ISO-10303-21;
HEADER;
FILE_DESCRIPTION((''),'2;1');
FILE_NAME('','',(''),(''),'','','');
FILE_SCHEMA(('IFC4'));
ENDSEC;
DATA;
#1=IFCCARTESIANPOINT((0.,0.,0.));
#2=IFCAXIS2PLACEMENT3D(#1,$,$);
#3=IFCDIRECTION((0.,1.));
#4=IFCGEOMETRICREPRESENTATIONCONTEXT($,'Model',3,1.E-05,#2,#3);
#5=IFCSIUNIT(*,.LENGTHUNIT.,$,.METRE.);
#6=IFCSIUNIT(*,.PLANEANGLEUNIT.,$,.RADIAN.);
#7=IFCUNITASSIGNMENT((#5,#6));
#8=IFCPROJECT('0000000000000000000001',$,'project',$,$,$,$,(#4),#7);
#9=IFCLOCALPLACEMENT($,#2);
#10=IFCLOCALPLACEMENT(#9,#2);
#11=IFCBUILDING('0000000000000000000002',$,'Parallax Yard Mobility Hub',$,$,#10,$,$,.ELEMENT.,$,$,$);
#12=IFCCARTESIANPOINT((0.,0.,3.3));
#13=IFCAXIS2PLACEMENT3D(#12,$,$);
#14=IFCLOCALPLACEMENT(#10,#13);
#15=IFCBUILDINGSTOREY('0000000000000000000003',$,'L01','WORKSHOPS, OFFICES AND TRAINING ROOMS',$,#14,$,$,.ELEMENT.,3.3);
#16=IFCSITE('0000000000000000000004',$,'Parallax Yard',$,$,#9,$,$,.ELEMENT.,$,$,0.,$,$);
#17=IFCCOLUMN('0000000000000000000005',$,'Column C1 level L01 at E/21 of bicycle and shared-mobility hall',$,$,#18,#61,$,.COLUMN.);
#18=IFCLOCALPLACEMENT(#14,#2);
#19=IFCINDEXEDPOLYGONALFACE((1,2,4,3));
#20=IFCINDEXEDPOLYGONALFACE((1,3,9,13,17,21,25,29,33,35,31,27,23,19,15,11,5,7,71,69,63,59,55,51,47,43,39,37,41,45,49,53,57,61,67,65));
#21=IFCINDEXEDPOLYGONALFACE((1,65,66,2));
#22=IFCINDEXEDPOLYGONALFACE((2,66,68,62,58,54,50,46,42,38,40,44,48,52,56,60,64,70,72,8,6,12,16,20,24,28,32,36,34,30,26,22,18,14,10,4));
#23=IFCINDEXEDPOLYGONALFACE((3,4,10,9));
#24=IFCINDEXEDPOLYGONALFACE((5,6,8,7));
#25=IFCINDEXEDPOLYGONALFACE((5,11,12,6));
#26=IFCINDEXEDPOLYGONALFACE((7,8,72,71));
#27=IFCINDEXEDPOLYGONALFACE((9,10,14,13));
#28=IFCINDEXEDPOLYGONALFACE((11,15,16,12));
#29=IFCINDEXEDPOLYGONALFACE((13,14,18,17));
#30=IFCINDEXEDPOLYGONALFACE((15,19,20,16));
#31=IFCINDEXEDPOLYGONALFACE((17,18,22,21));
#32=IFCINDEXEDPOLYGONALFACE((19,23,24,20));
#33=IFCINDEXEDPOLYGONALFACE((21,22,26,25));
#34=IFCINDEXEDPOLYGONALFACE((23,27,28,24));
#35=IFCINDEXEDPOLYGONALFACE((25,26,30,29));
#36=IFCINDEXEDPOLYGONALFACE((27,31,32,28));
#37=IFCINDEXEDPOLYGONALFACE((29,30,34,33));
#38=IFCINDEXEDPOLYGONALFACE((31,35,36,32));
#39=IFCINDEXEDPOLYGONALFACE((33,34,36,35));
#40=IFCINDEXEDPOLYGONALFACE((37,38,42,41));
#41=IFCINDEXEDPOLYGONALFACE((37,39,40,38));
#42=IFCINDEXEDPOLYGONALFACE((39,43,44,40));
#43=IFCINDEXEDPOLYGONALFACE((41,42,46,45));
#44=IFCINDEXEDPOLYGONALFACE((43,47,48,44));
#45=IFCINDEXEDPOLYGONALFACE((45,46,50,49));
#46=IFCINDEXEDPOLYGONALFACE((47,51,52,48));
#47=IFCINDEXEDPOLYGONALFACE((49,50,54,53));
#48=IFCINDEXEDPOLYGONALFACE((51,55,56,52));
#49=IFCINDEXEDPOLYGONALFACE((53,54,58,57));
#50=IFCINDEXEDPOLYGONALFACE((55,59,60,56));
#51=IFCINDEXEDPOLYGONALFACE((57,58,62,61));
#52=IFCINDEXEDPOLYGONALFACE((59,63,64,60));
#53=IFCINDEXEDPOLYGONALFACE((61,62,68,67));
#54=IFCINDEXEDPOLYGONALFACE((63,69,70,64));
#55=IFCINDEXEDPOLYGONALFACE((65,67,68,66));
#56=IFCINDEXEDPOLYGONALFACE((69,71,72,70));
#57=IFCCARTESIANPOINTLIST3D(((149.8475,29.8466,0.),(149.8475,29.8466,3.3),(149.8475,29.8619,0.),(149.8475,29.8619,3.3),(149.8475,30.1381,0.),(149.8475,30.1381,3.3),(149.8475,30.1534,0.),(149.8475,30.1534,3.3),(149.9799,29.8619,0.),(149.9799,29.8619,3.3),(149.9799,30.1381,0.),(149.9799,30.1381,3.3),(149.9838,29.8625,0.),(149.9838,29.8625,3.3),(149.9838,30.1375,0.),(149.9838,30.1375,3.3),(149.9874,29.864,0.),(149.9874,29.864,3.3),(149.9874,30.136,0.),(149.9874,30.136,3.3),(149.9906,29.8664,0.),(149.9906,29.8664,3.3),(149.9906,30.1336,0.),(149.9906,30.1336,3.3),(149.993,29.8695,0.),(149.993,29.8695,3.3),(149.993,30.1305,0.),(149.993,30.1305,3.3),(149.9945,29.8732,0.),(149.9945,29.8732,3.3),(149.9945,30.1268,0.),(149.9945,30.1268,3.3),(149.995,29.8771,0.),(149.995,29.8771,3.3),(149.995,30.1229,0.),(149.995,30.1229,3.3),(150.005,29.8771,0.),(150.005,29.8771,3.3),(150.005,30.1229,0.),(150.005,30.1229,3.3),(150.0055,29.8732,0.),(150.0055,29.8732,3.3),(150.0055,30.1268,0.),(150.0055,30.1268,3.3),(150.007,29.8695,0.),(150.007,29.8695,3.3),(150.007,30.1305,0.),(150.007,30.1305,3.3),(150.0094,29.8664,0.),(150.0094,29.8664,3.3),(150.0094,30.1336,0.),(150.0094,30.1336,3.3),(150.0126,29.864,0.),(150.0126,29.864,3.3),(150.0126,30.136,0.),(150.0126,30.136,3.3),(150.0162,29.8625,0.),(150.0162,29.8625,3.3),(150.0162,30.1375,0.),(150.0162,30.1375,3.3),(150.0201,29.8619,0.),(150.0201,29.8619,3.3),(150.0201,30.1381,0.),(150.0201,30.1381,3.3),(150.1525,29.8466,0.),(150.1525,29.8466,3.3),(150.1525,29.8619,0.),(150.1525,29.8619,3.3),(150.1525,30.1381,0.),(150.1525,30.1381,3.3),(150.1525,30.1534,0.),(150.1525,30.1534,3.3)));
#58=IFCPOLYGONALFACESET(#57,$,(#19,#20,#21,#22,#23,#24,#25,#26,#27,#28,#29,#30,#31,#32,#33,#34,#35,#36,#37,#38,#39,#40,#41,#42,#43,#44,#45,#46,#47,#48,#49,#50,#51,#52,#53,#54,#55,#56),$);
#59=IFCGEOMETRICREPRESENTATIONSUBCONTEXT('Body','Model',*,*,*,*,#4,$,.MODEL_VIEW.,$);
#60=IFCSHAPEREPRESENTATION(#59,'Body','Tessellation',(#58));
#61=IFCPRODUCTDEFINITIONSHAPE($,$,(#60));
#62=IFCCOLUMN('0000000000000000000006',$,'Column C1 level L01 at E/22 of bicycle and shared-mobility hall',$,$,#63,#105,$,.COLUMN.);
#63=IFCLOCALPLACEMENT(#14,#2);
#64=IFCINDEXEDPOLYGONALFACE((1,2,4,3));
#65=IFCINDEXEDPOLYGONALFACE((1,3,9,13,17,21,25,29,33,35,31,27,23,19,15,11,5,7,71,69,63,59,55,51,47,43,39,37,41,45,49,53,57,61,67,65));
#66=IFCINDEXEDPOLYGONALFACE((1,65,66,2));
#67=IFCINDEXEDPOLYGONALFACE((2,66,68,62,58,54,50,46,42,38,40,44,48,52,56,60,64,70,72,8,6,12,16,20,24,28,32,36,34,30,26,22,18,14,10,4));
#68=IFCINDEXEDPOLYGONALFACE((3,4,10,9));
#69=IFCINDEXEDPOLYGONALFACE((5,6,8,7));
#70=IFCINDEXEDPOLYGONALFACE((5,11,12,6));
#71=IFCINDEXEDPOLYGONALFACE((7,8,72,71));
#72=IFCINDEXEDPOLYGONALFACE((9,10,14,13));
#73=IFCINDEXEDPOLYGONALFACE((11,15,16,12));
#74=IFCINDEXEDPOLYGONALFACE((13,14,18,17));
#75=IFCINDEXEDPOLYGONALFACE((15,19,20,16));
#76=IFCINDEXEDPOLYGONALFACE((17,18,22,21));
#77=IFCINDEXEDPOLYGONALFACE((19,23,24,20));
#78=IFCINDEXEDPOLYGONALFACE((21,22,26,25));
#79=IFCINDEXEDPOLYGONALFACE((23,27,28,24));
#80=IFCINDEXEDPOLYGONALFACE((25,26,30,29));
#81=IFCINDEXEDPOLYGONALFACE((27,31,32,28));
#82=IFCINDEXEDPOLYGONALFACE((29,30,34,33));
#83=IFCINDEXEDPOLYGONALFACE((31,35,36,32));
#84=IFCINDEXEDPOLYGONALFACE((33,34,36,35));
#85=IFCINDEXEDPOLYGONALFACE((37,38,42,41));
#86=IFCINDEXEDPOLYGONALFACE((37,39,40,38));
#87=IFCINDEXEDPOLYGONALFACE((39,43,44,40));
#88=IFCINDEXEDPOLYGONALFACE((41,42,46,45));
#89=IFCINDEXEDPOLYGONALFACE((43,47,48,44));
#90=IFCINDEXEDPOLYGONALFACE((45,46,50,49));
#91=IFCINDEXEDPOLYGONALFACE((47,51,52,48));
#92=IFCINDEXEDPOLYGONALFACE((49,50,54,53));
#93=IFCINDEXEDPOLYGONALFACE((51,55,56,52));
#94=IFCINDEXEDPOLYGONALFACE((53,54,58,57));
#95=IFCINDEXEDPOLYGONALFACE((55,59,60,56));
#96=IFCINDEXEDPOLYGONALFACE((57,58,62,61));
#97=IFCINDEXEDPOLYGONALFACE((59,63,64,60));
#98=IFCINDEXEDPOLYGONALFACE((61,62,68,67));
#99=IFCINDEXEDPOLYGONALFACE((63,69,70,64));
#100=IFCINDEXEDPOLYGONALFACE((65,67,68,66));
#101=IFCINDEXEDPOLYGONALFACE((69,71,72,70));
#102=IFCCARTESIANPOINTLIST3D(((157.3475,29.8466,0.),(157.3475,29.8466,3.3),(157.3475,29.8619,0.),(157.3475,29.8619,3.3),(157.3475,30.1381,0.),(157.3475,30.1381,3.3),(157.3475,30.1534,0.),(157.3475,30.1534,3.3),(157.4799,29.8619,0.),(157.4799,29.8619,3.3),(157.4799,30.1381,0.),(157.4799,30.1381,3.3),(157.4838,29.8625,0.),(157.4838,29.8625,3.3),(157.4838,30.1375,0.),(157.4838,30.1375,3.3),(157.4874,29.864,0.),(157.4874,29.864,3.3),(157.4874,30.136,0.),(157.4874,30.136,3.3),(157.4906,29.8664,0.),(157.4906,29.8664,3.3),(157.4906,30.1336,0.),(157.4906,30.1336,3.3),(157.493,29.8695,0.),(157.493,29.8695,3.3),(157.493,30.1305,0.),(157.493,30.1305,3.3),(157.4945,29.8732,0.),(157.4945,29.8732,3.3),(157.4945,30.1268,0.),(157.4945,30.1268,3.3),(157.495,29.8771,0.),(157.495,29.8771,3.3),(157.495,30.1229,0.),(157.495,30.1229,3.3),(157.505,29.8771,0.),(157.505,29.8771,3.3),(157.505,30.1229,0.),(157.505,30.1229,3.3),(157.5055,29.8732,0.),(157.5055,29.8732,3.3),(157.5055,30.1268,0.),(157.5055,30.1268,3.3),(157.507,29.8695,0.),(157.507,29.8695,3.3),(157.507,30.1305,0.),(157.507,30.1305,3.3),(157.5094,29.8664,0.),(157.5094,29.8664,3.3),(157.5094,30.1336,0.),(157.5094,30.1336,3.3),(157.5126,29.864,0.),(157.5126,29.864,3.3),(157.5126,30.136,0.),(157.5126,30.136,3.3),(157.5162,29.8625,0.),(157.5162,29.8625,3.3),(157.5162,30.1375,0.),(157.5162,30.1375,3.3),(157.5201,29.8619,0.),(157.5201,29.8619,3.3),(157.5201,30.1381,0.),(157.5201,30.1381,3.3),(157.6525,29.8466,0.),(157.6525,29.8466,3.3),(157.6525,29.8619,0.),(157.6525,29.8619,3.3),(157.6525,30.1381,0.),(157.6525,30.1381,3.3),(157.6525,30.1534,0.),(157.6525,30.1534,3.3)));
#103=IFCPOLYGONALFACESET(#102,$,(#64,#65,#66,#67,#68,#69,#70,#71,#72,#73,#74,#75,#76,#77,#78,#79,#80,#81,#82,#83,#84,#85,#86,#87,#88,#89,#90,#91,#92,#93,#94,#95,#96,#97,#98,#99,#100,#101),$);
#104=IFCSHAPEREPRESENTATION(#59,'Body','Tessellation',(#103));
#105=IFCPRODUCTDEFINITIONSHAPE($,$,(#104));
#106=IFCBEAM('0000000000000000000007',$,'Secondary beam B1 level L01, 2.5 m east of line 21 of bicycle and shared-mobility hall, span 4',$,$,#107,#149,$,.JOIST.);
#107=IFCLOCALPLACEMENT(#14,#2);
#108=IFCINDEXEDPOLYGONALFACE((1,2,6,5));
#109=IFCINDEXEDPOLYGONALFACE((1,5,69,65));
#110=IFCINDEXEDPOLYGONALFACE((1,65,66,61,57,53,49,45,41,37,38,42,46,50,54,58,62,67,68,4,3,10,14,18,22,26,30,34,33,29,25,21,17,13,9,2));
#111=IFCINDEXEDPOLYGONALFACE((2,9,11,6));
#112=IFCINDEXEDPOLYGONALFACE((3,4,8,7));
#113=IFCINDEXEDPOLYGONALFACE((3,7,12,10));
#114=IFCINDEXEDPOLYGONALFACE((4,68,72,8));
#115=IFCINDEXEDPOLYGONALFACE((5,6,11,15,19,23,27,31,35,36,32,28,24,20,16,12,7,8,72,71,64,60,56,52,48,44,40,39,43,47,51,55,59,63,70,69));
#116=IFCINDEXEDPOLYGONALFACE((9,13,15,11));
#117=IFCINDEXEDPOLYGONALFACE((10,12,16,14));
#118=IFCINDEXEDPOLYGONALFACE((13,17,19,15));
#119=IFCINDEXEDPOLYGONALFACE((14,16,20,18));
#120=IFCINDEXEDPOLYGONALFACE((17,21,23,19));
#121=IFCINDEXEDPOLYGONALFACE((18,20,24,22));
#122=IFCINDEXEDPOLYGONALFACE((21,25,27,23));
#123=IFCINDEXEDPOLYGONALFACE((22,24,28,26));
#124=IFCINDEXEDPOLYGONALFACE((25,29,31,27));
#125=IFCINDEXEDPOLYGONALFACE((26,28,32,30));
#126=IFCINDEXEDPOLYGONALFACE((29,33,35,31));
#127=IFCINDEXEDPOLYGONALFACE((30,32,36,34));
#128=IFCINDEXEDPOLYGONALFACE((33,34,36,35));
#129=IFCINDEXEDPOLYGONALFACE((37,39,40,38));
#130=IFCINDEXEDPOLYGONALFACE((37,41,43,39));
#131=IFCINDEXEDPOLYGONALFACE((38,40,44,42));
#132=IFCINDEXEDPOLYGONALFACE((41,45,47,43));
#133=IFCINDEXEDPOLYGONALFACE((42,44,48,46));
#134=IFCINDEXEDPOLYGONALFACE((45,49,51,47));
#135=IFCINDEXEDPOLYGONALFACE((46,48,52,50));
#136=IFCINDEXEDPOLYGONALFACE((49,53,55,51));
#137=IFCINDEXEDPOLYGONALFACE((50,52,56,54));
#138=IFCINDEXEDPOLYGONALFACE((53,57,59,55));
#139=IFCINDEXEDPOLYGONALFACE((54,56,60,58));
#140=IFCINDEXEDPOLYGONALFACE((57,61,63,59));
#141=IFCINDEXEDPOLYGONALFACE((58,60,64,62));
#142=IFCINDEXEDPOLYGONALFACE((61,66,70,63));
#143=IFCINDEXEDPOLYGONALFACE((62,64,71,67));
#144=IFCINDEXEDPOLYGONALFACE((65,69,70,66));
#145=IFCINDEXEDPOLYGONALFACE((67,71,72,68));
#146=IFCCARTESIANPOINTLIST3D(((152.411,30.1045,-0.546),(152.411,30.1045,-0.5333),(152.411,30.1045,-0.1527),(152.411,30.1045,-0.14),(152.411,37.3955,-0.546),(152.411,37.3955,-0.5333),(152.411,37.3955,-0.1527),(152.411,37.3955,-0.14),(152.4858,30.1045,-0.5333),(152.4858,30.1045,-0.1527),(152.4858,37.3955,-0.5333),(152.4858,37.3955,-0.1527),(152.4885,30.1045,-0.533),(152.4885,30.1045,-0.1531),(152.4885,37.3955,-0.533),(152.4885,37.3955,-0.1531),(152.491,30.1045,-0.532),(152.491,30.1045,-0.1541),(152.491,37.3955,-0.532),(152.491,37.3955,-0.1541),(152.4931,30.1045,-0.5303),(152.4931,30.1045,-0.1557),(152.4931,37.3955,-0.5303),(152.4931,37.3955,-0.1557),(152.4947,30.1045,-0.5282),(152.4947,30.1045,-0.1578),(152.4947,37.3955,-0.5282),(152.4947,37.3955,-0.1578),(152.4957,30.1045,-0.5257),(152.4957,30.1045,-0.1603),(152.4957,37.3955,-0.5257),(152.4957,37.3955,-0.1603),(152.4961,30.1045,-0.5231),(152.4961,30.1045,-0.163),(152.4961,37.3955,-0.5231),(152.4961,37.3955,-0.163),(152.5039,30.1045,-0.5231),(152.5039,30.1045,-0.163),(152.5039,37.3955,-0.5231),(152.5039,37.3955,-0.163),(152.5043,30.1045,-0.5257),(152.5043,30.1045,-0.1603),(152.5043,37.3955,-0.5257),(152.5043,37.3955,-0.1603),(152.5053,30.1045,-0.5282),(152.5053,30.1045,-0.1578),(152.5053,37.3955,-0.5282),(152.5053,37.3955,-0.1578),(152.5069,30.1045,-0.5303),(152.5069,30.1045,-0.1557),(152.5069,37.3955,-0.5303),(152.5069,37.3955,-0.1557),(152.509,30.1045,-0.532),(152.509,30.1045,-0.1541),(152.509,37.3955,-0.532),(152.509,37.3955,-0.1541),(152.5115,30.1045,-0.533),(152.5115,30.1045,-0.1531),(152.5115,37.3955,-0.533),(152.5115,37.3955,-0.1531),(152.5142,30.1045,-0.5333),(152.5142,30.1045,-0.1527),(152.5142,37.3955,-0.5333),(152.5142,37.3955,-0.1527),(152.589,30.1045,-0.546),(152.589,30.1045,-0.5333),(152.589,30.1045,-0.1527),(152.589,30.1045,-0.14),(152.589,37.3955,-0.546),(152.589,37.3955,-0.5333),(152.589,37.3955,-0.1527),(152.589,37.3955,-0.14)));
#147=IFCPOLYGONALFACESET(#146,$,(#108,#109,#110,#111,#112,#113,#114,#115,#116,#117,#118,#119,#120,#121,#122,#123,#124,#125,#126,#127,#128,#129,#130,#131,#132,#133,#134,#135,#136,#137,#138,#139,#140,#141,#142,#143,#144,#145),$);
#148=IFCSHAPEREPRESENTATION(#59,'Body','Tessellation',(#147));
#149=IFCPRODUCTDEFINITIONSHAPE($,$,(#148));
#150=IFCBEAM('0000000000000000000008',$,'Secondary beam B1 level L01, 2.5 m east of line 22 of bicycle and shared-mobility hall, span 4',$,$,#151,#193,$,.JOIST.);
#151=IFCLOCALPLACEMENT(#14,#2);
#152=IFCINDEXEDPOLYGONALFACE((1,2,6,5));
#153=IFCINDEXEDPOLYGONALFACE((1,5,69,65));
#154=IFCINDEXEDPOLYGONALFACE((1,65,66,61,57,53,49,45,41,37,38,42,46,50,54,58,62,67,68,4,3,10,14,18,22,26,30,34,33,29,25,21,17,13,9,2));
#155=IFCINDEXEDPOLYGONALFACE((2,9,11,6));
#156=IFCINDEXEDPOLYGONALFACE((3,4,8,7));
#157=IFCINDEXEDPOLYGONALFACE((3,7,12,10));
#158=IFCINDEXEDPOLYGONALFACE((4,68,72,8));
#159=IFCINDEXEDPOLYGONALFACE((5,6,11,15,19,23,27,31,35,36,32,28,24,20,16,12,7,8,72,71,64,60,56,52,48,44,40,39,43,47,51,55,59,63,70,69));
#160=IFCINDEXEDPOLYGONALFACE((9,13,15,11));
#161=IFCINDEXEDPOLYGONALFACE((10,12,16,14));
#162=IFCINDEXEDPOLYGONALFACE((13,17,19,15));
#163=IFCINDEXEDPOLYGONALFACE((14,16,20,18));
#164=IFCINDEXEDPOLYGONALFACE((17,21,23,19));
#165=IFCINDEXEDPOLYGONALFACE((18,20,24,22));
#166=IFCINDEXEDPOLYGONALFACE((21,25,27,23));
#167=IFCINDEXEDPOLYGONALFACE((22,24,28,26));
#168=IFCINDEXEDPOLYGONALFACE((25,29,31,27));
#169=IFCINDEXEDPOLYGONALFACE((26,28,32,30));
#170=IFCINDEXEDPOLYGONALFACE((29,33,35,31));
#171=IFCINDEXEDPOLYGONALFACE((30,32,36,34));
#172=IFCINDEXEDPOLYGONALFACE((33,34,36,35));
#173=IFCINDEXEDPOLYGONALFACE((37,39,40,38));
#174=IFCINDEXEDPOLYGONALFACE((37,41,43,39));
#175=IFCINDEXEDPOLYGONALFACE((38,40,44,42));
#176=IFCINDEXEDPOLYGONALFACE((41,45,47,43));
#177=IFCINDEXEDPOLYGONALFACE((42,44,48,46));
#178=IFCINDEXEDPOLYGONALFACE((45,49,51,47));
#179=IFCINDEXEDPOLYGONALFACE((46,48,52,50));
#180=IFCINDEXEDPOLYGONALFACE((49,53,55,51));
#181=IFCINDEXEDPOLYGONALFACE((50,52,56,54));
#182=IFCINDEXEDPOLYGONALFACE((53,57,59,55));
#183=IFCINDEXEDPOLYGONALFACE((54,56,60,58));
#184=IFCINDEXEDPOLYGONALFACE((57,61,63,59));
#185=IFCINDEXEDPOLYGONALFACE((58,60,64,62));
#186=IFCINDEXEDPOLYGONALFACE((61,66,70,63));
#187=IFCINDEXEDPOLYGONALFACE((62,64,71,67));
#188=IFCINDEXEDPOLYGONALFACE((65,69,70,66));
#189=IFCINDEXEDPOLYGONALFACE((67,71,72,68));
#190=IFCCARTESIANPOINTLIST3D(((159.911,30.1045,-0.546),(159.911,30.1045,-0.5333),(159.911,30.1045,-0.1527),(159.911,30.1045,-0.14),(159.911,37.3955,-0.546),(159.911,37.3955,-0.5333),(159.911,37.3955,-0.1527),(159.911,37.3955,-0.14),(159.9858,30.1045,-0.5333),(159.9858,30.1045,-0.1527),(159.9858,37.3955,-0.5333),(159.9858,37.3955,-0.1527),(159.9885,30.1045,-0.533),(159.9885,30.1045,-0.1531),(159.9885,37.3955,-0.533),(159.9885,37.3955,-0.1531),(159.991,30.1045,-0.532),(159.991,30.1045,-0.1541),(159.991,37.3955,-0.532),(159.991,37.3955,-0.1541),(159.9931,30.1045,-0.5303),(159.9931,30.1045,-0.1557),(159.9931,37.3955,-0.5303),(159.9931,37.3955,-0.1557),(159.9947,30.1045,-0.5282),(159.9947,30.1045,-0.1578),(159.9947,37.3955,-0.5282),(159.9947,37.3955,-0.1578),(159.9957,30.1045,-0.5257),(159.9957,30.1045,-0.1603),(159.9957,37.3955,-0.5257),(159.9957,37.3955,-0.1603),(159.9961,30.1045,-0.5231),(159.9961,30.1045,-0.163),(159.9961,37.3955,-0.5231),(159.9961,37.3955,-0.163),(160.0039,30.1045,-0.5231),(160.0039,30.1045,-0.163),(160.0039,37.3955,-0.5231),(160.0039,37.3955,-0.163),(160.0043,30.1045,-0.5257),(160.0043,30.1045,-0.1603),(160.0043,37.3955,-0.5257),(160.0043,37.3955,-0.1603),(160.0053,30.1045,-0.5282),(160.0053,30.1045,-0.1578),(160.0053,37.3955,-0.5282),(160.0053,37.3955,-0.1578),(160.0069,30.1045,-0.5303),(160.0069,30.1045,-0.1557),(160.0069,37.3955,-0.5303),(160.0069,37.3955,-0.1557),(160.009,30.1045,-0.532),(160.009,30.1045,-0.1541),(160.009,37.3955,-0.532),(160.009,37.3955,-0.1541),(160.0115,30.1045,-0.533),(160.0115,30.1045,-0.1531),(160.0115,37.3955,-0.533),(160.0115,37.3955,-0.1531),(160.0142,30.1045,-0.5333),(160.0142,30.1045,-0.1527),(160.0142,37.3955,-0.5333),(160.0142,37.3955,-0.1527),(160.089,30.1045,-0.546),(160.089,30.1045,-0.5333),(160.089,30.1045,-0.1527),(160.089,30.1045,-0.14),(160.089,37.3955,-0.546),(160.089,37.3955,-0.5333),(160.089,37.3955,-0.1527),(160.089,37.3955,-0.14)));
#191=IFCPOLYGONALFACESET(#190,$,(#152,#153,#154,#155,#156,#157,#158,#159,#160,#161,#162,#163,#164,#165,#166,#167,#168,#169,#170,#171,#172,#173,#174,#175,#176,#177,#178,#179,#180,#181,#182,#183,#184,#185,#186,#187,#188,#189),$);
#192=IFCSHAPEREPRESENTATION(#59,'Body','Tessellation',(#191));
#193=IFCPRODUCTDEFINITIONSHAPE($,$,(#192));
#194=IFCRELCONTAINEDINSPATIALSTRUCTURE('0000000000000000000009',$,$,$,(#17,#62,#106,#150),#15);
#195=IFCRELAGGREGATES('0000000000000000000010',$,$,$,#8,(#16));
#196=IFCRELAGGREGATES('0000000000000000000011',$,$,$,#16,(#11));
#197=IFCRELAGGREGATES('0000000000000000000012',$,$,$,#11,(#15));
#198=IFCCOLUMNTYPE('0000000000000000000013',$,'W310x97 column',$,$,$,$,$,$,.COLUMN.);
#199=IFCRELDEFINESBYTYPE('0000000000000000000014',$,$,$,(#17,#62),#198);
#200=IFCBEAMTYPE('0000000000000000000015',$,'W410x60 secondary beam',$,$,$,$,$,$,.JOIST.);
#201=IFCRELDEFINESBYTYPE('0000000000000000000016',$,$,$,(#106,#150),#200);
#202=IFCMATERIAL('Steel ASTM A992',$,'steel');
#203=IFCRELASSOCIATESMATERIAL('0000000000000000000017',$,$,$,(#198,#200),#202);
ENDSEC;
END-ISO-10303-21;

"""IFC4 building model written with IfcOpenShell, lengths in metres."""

from ifc_helpers import new_model, si_unit, direction, frame, origin, origin_2d, place, context, subcontext, project, spatial, i_section, extrude, material, material_profile, profile_set, type_object, element, save


model = new_model("IFC4")

# Units and contexts
model_context = context("Model", 3, precision=1e-05, world=origin(), true_north=direction((0.0, 1.0)))
body_context = subcontext(model_context, "Body", "Model", "MODEL_VIEW")
ifc_project = project(units=[si_unit("LENGTHUNIT", "METRE"), si_unit("PLANEANGLEUNIT", "RADIAN")], contexts=[model_context])

# Site, building, storey
site_placement = place(None, origin())
site = spatial("IfcSite", under=ifc_project, at=site_placement, Name="Parallax Yard", CompositionType="ELEMENT", RefElevation=0.0)
building_placement = place(site_placement, origin())
building = spatial("IfcBuilding", under=site, at=building_placement, Name="Parallax Yard Mobility Hub", CompositionType="ELEMENT")
storey_placement = place(building_placement, frame((0.0, 0.0, 3.3)))
storey = spatial("IfcBuildingStorey", under=building, at=storey_placement, Name="L01", Description="WORKSHOPS, OFFICES AND TRAINING ROOMS", CompositionType="ELEMENT", Elevation=3.3)

# Columns
ifc_material_1 = material(Name="Steel ASTM A992", Category="steel")
ifc_material_profile_1 = material_profile(ifc_material_1, i_section(OverallWidth=0.3049, OverallDepth=0.3069, WebThickness=0.01, FlangeThickness=0.0154, FilletRadius=0.0151, at=origin_2d()), Name="W310x97")
ifc_profile_set_1 = profile_set([ifc_material_profile_1], Name="Steel ASTM A992")
column_type = type_object("IfcColumnType", Name="W310x97 column", PredefinedType="COLUMN", material=ifc_profile_set_1)
for number, where, z_axis, x_axis, name in (
    (1, (150.0, 30.0, 0.0), (0.0, 0.0, 1.0), (1.0, 0.0, 0.0), "Column C1 level L01 at E/21 of bicycle and shared-mobility hall"),
    (2, (157.5, 30.0, 0.0), (0.0, 0.0, 1.0), (1.0, 0.0, 0.0), "Column C1 level L01 at E/22 of bicycle and shared-mobility hall"),
):
    element("IfcColumn", number, at=place(storey_placement, frame(where, z_axis=z_axis, x_axis=x_axis)), inside=storey, type_object=column_type, Name=name, PredefinedType="COLUMN", context=body_context, shape_type="SweptSolid", body=[
        extrude(i_section(OverallWidth=0.3049, OverallDepth=0.3069, WebThickness=0.01, FlangeThickness=0.0154, FilletRadius=0.0151, at=origin_2d()), origin(), (0.0, 0.0, 1.0), 3.3),
    ])

# Beams
ifc_material_profile_2 = material_profile(ifc_material_1, i_section(OverallWidth=0.178, OverallDepth=0.406, WebThickness=0.0078, FlangeThickness=0.0127, FilletRadius=0.0103, at=origin_2d()), Name="W410x60")
ifc_profile_set_2 = profile_set([ifc_material_profile_2], Name="Steel ASTM A992")
beam_type_1 = type_object("IfcBeamType", Name="W410x60 secondary beam", PredefinedType="JOIST", material=ifc_profile_set_2)
for number, where, z_axis, x_axis, name in (
    (3, (152.5, 30.1045, -0.343), (0.0, 1.0, 0.0), (-1.0, 0.0, 0.0), "Secondary beam B1 level L01, 2.5 m east of line 21 of bicycle and shared-mobility hall, span 4"),
    (4, (160.0, 30.1045, -0.343), (0.0, 1.0, 0.0), (-1.0, 0.0, 0.0), "Secondary beam B1 level L01, 2.5 m east of line 22 of bicycle and shared-mobility hall, span 4"),
):
    element("IfcBeam", number, at=place(storey_placement, frame(where, z_axis=z_axis, x_axis=x_axis)), inside=storey, type_object=beam_type_1, Name=name, PredefinedType="JOIST", context=body_context, shape_type="SweptSolid", body=[
        extrude(i_section(OverallWidth=0.178, OverallDepth=0.406, WebThickness=0.0078, FlangeThickness=0.0127, FilletRadius=0.0103, at=origin_2d()), origin(), (0.0, 0.0, 1.0), 7.291),
    ])

save(model, "model.ifc")
